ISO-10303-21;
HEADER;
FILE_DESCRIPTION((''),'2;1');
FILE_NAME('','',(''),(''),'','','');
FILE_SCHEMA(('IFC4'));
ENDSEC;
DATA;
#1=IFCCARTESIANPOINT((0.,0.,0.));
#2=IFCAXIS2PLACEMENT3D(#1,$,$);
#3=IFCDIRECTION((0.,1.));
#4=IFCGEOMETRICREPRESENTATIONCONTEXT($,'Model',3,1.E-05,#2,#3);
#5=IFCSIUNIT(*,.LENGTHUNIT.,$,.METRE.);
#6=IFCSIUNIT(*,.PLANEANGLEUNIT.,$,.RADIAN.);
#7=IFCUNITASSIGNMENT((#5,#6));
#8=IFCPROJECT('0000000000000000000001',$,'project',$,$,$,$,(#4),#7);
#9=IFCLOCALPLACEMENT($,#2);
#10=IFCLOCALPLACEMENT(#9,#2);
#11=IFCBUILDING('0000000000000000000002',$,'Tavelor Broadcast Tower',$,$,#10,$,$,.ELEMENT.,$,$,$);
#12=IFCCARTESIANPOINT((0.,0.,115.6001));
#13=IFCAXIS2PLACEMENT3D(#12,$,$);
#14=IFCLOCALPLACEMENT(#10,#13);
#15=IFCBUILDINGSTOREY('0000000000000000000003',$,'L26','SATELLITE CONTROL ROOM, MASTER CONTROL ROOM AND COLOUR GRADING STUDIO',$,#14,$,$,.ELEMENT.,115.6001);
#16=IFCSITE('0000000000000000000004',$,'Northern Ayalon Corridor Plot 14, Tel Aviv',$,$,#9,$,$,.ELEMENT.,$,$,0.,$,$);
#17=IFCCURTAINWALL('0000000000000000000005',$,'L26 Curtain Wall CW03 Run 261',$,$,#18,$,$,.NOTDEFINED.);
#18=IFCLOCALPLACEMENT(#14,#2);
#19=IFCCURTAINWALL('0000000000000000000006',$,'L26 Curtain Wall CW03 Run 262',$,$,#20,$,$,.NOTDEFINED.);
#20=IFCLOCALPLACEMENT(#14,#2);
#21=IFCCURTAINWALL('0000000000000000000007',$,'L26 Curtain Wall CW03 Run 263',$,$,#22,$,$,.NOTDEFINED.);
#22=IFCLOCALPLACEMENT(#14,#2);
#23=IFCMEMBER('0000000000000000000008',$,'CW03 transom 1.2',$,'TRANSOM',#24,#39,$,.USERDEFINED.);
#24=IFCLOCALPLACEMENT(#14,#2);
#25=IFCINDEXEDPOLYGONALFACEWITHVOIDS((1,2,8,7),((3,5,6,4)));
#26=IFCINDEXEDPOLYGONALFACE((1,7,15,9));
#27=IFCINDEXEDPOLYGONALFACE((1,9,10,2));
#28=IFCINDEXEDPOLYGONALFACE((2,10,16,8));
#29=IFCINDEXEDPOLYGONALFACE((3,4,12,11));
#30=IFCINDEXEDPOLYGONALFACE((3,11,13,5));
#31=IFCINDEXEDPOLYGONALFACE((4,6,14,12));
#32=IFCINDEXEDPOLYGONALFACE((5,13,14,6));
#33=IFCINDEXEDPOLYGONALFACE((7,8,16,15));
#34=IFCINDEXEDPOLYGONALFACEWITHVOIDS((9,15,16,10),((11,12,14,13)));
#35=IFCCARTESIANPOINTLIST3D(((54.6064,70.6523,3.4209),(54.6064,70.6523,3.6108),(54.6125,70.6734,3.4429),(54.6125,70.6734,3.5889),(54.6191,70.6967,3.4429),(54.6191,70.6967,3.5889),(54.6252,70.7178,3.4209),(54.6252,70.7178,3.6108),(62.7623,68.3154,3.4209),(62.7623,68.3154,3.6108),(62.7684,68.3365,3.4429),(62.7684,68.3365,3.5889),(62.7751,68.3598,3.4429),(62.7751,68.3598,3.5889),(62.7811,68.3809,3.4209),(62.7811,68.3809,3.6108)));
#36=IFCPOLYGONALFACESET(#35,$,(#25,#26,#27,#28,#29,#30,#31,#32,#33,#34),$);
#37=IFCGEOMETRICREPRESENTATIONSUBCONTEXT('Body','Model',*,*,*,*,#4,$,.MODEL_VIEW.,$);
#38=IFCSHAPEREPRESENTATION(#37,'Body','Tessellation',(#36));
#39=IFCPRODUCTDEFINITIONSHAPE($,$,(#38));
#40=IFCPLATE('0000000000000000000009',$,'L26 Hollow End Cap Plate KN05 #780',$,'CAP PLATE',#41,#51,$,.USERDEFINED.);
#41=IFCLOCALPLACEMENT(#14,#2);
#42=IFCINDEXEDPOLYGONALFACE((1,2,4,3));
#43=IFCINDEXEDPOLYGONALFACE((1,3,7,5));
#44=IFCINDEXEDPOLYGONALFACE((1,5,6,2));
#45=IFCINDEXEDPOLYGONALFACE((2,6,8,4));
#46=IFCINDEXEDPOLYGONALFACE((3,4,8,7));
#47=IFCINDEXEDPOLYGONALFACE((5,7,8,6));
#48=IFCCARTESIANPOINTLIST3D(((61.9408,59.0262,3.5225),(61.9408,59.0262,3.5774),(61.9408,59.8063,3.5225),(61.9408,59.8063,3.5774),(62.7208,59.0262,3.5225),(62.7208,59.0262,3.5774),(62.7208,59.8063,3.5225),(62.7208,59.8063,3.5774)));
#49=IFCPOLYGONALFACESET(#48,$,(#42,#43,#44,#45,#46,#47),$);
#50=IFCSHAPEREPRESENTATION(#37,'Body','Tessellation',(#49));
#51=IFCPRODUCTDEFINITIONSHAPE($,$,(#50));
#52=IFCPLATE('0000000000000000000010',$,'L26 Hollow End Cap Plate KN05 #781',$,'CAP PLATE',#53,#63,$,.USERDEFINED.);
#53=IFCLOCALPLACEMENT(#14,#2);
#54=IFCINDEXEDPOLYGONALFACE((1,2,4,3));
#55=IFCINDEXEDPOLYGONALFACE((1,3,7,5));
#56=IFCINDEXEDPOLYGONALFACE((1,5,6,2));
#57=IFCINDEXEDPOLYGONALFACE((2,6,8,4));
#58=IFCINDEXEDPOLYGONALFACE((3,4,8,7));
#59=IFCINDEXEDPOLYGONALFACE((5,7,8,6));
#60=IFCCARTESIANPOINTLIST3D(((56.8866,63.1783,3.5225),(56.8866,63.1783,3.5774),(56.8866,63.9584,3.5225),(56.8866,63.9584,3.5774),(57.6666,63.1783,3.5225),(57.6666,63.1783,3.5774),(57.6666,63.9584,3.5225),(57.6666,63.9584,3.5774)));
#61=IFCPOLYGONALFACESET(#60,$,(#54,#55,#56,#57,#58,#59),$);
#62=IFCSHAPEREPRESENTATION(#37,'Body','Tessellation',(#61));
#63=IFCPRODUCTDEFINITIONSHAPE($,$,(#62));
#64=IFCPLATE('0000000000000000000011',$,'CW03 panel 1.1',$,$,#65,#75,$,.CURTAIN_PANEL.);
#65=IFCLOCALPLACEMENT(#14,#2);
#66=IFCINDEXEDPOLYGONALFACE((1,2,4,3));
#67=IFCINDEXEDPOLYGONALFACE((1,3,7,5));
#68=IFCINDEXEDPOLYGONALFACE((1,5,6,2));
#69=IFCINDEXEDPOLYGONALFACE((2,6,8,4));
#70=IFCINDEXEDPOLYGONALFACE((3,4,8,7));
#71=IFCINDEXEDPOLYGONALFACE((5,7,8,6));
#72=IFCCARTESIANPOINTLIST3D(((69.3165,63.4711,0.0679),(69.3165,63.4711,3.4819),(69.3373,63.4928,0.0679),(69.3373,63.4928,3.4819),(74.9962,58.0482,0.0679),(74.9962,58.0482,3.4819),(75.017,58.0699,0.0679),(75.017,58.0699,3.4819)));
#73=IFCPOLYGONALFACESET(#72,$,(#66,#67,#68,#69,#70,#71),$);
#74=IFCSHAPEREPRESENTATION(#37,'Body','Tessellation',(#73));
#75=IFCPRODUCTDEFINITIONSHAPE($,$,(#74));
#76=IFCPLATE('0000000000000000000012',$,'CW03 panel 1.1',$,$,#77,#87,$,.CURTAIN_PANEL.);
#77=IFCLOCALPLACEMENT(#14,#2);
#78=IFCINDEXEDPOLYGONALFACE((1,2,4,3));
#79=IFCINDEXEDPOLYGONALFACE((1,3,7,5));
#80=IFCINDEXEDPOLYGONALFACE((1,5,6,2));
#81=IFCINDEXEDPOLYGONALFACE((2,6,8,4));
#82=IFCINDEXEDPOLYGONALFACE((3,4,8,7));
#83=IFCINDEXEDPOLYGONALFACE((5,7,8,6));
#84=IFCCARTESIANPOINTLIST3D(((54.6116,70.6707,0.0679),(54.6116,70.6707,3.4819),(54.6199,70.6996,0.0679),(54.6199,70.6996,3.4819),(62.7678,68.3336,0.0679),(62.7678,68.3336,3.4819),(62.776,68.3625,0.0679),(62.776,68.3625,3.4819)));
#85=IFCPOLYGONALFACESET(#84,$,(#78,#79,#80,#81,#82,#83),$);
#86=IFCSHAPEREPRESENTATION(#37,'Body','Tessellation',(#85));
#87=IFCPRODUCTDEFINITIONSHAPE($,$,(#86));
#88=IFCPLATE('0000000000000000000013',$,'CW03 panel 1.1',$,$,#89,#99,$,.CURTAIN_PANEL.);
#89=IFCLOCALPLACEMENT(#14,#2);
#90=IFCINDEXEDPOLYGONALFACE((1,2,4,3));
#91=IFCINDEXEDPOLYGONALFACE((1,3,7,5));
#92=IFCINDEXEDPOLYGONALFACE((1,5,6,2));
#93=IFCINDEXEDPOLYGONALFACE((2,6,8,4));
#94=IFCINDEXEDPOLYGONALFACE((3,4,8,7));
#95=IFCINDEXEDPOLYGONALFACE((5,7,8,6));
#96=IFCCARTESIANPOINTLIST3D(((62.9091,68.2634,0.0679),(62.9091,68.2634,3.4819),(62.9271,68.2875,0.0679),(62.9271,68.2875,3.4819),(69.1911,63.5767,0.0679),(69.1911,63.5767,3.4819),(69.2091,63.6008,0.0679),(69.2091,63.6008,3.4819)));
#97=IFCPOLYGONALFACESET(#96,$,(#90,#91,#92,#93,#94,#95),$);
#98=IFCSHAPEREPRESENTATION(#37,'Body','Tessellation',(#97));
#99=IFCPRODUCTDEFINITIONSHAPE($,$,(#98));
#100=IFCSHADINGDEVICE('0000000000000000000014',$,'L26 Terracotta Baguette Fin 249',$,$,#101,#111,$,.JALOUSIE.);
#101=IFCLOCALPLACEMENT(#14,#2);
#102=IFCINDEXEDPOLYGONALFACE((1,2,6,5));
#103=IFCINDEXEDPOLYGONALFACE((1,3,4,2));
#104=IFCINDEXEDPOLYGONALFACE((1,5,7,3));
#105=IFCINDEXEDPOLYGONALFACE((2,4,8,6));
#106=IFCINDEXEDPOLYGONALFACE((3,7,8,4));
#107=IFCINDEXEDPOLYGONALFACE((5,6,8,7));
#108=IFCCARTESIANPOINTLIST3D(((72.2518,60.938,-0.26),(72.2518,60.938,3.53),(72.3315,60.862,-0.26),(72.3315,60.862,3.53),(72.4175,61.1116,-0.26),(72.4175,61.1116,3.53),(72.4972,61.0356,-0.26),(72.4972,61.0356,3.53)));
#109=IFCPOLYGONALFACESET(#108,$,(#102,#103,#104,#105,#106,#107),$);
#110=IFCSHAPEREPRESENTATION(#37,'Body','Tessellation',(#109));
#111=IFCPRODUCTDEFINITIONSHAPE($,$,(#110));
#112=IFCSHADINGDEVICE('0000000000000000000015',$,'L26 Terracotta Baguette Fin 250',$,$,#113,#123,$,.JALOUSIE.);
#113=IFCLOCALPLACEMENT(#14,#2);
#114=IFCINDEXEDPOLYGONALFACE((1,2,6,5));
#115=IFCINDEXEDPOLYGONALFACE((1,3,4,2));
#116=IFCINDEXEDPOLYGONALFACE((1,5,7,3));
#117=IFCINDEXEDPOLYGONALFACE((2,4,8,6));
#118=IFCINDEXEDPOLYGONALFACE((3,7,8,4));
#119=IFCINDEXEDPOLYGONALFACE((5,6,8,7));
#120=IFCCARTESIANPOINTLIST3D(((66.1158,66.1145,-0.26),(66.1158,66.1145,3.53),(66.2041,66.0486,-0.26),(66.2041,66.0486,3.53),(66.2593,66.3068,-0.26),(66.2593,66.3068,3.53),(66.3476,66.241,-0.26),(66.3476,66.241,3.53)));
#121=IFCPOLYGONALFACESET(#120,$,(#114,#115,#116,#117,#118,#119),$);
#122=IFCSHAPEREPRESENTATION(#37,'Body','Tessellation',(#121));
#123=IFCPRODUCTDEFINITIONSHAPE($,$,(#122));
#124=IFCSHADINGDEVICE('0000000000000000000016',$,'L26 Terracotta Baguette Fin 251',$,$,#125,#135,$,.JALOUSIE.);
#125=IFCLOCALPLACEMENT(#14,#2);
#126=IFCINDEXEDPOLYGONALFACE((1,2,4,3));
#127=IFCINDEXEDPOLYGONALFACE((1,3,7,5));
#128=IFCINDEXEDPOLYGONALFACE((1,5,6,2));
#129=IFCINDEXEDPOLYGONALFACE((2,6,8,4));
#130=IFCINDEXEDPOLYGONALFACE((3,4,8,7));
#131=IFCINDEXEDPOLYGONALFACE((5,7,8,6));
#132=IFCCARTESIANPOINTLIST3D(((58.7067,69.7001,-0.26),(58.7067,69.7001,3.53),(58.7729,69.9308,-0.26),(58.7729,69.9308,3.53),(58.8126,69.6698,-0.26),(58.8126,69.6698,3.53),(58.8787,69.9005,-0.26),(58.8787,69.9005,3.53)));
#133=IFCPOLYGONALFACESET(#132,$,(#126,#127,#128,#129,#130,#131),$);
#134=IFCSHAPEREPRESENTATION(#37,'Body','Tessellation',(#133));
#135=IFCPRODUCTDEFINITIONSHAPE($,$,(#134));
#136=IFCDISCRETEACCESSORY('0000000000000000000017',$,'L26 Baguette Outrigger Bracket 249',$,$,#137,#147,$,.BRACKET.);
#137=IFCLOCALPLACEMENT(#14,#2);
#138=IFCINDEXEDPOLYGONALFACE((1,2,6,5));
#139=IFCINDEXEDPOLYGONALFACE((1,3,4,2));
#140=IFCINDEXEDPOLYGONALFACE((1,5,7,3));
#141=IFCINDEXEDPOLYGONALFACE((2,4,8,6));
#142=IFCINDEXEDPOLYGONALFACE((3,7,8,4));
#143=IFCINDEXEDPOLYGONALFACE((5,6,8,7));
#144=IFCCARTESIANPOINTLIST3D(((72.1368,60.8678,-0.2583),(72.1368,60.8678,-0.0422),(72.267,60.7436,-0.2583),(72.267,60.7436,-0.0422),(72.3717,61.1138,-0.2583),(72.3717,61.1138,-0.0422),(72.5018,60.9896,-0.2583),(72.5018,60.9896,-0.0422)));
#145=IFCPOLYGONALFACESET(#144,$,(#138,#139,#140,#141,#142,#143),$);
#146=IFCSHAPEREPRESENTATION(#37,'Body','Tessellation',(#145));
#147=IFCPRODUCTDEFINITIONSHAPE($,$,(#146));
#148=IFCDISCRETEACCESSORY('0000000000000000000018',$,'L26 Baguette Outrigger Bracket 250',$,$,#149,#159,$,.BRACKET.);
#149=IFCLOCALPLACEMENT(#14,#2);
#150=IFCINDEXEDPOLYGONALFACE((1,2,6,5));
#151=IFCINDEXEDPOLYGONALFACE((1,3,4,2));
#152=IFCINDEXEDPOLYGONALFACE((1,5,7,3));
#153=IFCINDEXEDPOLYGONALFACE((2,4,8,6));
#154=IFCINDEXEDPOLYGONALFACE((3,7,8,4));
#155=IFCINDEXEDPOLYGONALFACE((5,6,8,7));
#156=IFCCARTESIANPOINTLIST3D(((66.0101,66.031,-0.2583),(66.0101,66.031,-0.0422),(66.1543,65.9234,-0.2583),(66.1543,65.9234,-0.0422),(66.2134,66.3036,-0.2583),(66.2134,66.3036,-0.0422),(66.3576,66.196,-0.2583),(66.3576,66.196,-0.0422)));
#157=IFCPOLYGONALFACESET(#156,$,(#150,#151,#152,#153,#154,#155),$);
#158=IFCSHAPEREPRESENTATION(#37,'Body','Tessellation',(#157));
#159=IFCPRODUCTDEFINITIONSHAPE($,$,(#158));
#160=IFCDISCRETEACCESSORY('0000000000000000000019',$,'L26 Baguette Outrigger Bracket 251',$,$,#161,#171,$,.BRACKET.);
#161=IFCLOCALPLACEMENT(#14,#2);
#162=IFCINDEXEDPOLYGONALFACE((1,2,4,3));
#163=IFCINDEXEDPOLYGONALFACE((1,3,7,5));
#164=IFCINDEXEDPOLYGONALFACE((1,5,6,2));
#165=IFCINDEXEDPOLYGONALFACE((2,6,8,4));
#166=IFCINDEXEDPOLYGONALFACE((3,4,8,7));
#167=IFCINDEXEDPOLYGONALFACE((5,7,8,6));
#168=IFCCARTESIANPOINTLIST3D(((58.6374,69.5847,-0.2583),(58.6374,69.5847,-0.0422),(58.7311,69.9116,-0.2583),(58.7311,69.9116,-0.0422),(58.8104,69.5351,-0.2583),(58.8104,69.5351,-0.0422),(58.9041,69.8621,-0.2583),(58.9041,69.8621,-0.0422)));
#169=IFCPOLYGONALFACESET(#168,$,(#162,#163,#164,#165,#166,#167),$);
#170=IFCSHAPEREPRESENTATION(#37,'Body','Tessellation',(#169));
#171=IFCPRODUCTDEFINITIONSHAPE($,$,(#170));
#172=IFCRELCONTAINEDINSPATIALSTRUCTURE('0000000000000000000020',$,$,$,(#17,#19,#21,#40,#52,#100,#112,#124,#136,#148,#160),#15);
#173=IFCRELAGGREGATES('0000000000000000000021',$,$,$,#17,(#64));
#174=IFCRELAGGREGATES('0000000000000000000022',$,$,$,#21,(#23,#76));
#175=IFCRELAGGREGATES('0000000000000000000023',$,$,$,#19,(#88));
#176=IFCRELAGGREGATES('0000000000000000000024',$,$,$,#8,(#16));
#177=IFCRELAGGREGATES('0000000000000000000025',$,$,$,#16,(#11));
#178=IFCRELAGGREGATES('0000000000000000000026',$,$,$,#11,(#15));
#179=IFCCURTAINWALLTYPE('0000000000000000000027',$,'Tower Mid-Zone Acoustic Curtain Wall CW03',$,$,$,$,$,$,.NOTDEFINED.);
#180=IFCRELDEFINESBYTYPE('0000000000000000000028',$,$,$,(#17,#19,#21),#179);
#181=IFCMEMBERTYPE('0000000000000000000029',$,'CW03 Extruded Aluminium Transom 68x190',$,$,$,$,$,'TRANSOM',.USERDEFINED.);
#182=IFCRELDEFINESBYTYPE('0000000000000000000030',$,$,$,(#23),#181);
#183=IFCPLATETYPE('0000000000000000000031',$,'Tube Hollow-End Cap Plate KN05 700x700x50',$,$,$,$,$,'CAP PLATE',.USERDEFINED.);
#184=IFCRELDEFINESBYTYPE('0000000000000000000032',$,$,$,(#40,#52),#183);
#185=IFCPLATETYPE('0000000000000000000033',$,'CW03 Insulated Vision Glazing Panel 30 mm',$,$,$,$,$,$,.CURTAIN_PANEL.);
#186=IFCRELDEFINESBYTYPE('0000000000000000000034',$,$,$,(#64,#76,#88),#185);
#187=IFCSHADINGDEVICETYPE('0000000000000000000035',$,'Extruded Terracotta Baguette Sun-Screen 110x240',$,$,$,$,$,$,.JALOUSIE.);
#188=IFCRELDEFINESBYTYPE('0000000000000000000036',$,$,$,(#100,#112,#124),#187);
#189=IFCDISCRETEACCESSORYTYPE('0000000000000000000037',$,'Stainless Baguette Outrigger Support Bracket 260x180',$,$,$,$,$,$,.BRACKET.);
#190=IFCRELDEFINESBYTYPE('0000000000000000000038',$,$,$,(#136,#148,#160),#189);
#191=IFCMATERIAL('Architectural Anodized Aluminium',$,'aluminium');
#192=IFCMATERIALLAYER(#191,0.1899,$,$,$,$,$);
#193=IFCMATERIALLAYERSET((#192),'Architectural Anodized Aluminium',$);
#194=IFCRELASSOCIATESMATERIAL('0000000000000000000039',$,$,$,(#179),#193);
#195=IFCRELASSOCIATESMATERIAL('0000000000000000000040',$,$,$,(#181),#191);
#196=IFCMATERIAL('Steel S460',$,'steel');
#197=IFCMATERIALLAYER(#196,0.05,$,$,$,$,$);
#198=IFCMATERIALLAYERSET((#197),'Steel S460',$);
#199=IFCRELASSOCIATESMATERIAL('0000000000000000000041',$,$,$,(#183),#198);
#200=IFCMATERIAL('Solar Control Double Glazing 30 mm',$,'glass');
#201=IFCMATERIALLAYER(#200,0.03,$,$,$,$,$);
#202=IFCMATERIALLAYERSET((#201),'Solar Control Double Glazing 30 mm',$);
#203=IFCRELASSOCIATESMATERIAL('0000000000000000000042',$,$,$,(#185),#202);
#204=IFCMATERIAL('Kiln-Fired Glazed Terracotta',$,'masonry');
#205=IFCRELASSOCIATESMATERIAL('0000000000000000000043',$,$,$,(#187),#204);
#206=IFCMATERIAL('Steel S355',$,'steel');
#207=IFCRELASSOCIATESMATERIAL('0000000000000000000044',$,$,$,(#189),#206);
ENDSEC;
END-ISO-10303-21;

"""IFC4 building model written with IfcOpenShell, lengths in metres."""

from ifc_helpers import new_model, si_unit, direction, frame, origin, origin_2d, place, context, subcontext, project, spatial, rectangle, hollow_rectangle, extrude, source, transform, mapped, material, layer, layer_set, material_profile, profile_set, type_object, type_shapes, element, aggregate, save


model = new_model("IFC4")

# Units and contexts
model_context = context("Model", 3, precision=1e-05, world=origin(), true_north=direction((0.0, 1.0)))
body_context = subcontext(model_context, "Body", "Model", "MODEL_VIEW")
ifc_project = project(units=[si_unit("LENGTHUNIT", "METRE"), si_unit("PLANEANGLEUNIT", "RADIAN")], contexts=[model_context])

# Site, building, storey
site_placement = place(None, origin())
site = spatial("IfcSite", under=ifc_project, at=site_placement, Name="Northern Ayalon Corridor Plot 14, Tel Aviv", CompositionType="ELEMENT", RefElevation=0.0)
building_placement = place(site_placement, origin())
building = spatial("IfcBuilding", under=site, at=building_placement, Name="Tavelor Broadcast Tower", CompositionType="ELEMENT")
storey_placement = place(building_placement, frame((0.0, 0.0, 115.6001)))
storey = spatial("IfcBuildingStorey", under=building, at=storey_placement, Name="L26", Description="SATELLITE CONTROL ROOM, MASTER CONTROL ROOM AND COLOUR GRADING STUDIO", CompositionType="ELEMENT", Elevation=115.6001)

# Shared definitions
ifc_material_1 = material(Name="Steel S460", Category="steel")

# Shared definitions
ifc_material_2 = material(Name="Steel S355", Category="steel")

# Curtain wall
ifc_material_3 = material(Name="Architectural Anodized Aluminium", Category="aluminium")
ifc_layer_1 = layer(ifc_material_3, 0.1899)
ifc_layer_set_1 = layer_set([ifc_layer_1], Name="Architectural Anodized Aluminium")
curtain_wall_type = type_object("IfcCurtainWallType", Name="Tower Mid-Zone Acoustic Curtain Wall CW03", PredefinedType="NOTDEFINED", material=ifc_layer_set_1)
curtain_wall_1_placement = place(storey_placement, origin())
curtain_wall_1 = element("IfcCurtainWall", 1, at=curtain_wall_1_placement, inside=storey, type_object=curtain_wall_type, Name="L26 Curtain Wall CW03 Run 261", PredefinedType="NOTDEFINED")

# Curtain wall
curtain_wall_2_placement = place(storey_placement, origin())
curtain_wall_2 = element("IfcCurtainWall", 2, at=curtain_wall_2_placement, inside=storey, type_object=curtain_wall_type, Name="L26 Curtain Wall CW03 Run 262", PredefinedType="NOTDEFINED")

# Curtain wall
curtain_wall_3_placement = place(storey_placement, origin())
curtain_wall_3 = element("IfcCurtainWall", 3, at=curtain_wall_3_placement, inside=storey, type_object=curtain_wall_type, Name="L26 Curtain Wall CW03 Run 263", PredefinedType="NOTDEFINED")

# Member
ifc_material_profile_1 = material_profile(ifc_material_3, hollow_rectangle(XDim=0.0681, YDim=0.1899, WallThickness=0.022, at=origin_2d()), Name="RHS 68x190x22")
ifc_profile_set_1 = profile_set([ifc_material_profile_1], Name="Architectural Anodized Aluminium")
member_type_1 = type_object("IfcMemberType", Name="CW03 Extruded Aluminium Transom 68x190", ElementType="TRANSOM", PredefinedType="USERDEFINED", material=ifc_profile_set_1)
shared_shape_1 = source(origin(), body_context, "Body", "SweptSolid", [
    extrude(hollow_rectangle(XDim=0.0681, YDim=0.1899, WallThickness=0.022, at=origin_2d()), origin(), (0.0, 0.0, 1.0), 8.4841),
])
member_1_placement = place(storey_placement, frame((62.7717, 68.3481, 3.5159), z_axis=(-0.961317, 0.275443, 0.0), x_axis=(-0.275443, -0.961317, 0.0)))
member_1 = element("IfcMember", 4, at=member_1_placement, type_object=member_type_1, Name="CW03 transom 1.2", ObjectType="TRANSOM", PredefinedType="USERDEFINED", context=body_context, shape_type="MappedRepresentation", body=[
    mapped(shared_shape_1, transform((0.0, 0.0, 0.0), scale=1.0)),
])

# Plates
ifc_layer_2 = layer(ifc_material_1, 0.05)
ifc_layer_set_2 = layer_set([ifc_layer_2], Name="Steel S460")
plate_type_1 = type_object("IfcPlateType", Name="Tube Hollow-End Cap Plate KN05 700x700x50", ElementType="CAP PLATE", PredefinedType="USERDEFINED", material=ifc_layer_set_2)
shared_shape_2 = source(origin(), body_context, "Body", "SweptSolid", [
    extrude(rectangle(XDim=0.78, YDim=0.78, at=origin_2d()), origin(), (0.0, 0.0, 1.0), 0.0549),
])
type_shapes(plate_type_1, [shared_shape_2])
for number, where, z_axis, x_axis, name in (
    (5, (62.3308, 59.4163, 3.5225), (0.0, 0.0, 1.0), (1.0, 0.0, 0.0), "L26 Hollow End Cap Plate KN05 #780"),
    (6, (57.2766, 63.5684, 3.5225), (0.0, 0.0, 1.0), (1.0, 0.0, 0.0), "L26 Hollow End Cap Plate KN05 #781"),
):
    element("IfcPlate", number, at=place(storey_placement, frame(where, z_axis=z_axis, x_axis=x_axis)), inside=storey, type_object=plate_type_1, Name=name, ObjectType="CAP PLATE", PredefinedType="USERDEFINED", context=body_context, shape_type="MappedRepresentation", body=[
        mapped(shared_shape_2, transform((0.0, 0.0, 0.0), scale=1.0)),
    ])

# Plates
ifc_material_4 = material(Name="Solar Control Double Glazing 30 mm", Category="glass")
ifc_layer_3 = layer(ifc_material_4, 0.03)
ifc_layer_set_3 = layer_set([ifc_layer_3], Name="Solar Control Double Glazing 30 mm")
plate_type_2 = type_object("IfcPlateType", Name="CW03 Insulated Vision Glazing Panel 30 mm", PredefinedType="CURTAIN_PANEL", material=ifc_layer_set_3)
shared_shape_3 = source(origin(), body_context, "Body", "SweptSolid", [
    extrude(rectangle(XDim=7.8528, YDim=0.03, at=origin_2d()), origin(), (0.0, 0.0, 1.0), 3.4141),
])
plate_1_placement = place(storey_placement, frame((72.1667, 60.7705, 0.0679), z_axis=(0.0, 0.0, 1.0), x_axis=(-0.723272, 0.690564, 0.0)))
plate_1 = element("IfcPlate", 7, at=plate_1_placement, type_object=plate_type_2, Name="CW03 panel 1.1", PredefinedType="CURTAIN_PANEL", context=body_context, shape_type="MappedRepresentation", body=[
    mapped(shared_shape_3, transform((0.0, 0.0, 0.0), scale=1.0)),
])
aggregate(curtain_wall_1, [plate_1])
shared_shape_4 = source(origin(), body_context, "Body", "SweptSolid", [
    extrude(rectangle(XDim=8.4844, YDim=0.03, at=origin_2d()), origin(), (0.0, 0.0, 1.0), 3.4141),
])
plate_2_placement = place(storey_placement, frame((58.6938, 69.5166, 0.0679), z_axis=(0.0, 0.0, 1.0), x_axis=(-0.961312, 0.275463, 0.0)))
plate_2 = element("IfcPlate", 8, at=plate_2_placement, type_object=plate_type_2, Name="CW03 panel 1.1", PredefinedType="CURTAIN_PANEL", context=body_context, shape_type="MappedRepresentation", body=[
    mapped(shared_shape_4, transform((0.0, 0.0, 0.0), scale=1.0)),
])
aggregate(curtain_wall_3, [member_1, plate_2])
shared_shape_5 = source(origin(), body_context, "Body", "SweptSolid", [
    extrude(rectangle(XDim=7.8376, YDim=0.03, at=origin_2d()), origin(), (0.0, 0.0, 1.0), 3.4141),
])
type_shapes(plate_type_2, [shared_shape_3, shared_shape_4, shared_shape_5])
plate_3_placement = place(storey_placement, frame((66.0591, 65.9321, 0.0679), z_axis=(0.0, 0.0, 1.0), x_axis=(-0.801516, 0.597973, 0.0)))
plate_3 = element("IfcPlate", 9, at=plate_3_placement, type_object=plate_type_2, Name="CW03 panel 1.1", PredefinedType="CURTAIN_PANEL", context=body_context, shape_type="MappedRepresentation", body=[
    mapped(shared_shape_5, transform((0.0, 0.0, 0.0), scale=1.0)),
])
aggregate(curtain_wall_2, [plate_3])

# Shading devices
ifc_material_5 = material(Name="Kiln-Fired Glazed Terracotta", Category="masonry")
shading_device_type = type_object("IfcShadingDeviceType", Name="Extruded Terracotta Baguette Sun-Screen 110x240", PredefinedType="JALOUSIE", material=ifc_material_5)
shared_shape_6 = source(origin(), body_context, "Body", "SweptSolid", [
    extrude(rectangle(XDim=0.1101, YDim=0.24, at=origin_2d()), origin(), (0.0, 0.0, 1.0), 3.79),
])
type_shapes(shading_device_type, [shared_shape_6])
for number, where, z_axis, x_axis, name in (
    (10, (72.3745, 60.9868, -0.26), (0.0, 0.0, 1.0), (-0.723329, 0.690504, 0.0), "L26 Terracotta Baguette Fin 249"),
    (11, (66.2317, 66.1777, -0.26), (0.0, 0.0, 1.0), (-0.801567, 0.597905, 0.0), "L26 Terracotta Baguette Fin 250"),
    (12, (58.7927, 69.8003, -0.26), (0.0, 0.0, 1.0), (-0.96131, 0.27547, 0.0), "L26 Terracotta Baguette Fin 251"),
):
    element("IfcShadingDevice", number, at=place(storey_placement, frame(where, z_axis=z_axis, x_axis=x_axis)), inside=storey, type_object=shading_device_type, Name=name, PredefinedType="JALOUSIE", context=body_context, shape_type="MappedRepresentation", body=[
        mapped(shared_shape_6, transform((0.0, 0.0, 0.0), scale=1.0)),
    ])

# Discrete accessories
discrete_accessory_type = type_object("IfcDiscreteAccessoryType", Name="Stainless Baguette Outrigger Support Bracket 260x180", PredefinedType="BRACKET", material=ifc_material_2)
shared_shape_7 = source(origin(), body_context, "Body", "SweptSolid", [
    extrude(rectangle(XDim=0.1799, YDim=0.3401, at=origin_2d()), origin(), (0.0, 0.0, 1.0), 0.2161),
])
type_shapes(discrete_accessory_type, [shared_shape_7])
for number, where, z_axis, x_axis, name in (
    (13, (72.3193, 60.9287, -0.2583), (0.0, 0.0, 1.0), (-0.723329, 0.690504, 0.0), "L26 Baguette Outrigger Bracket 249"),
    (14, (66.1838, 66.1135, -0.2583), (0.0, 0.0, 1.0), (-0.801567, 0.597905, 0.0), "L26 Baguette Outrigger Bracket 250"),
    (15, (58.7708, 69.7234, -0.2583), (0.0, 0.0, 1.0), (-0.96131, 0.27547, 0.0), "L26 Baguette Outrigger Bracket 251"),
):
    element("IfcDiscreteAccessory", number, at=place(storey_placement, frame(where, z_axis=z_axis, x_axis=x_axis)), inside=storey, type_object=discrete_accessory_type, Name=name, PredefinedType="BRACKET", context=body_context, shape_type="MappedRepresentation", body=[
        mapped(shared_shape_7, transform((0.0, 0.0, 0.0), scale=1.0)),
    ])

save(model, "model.ifc")
